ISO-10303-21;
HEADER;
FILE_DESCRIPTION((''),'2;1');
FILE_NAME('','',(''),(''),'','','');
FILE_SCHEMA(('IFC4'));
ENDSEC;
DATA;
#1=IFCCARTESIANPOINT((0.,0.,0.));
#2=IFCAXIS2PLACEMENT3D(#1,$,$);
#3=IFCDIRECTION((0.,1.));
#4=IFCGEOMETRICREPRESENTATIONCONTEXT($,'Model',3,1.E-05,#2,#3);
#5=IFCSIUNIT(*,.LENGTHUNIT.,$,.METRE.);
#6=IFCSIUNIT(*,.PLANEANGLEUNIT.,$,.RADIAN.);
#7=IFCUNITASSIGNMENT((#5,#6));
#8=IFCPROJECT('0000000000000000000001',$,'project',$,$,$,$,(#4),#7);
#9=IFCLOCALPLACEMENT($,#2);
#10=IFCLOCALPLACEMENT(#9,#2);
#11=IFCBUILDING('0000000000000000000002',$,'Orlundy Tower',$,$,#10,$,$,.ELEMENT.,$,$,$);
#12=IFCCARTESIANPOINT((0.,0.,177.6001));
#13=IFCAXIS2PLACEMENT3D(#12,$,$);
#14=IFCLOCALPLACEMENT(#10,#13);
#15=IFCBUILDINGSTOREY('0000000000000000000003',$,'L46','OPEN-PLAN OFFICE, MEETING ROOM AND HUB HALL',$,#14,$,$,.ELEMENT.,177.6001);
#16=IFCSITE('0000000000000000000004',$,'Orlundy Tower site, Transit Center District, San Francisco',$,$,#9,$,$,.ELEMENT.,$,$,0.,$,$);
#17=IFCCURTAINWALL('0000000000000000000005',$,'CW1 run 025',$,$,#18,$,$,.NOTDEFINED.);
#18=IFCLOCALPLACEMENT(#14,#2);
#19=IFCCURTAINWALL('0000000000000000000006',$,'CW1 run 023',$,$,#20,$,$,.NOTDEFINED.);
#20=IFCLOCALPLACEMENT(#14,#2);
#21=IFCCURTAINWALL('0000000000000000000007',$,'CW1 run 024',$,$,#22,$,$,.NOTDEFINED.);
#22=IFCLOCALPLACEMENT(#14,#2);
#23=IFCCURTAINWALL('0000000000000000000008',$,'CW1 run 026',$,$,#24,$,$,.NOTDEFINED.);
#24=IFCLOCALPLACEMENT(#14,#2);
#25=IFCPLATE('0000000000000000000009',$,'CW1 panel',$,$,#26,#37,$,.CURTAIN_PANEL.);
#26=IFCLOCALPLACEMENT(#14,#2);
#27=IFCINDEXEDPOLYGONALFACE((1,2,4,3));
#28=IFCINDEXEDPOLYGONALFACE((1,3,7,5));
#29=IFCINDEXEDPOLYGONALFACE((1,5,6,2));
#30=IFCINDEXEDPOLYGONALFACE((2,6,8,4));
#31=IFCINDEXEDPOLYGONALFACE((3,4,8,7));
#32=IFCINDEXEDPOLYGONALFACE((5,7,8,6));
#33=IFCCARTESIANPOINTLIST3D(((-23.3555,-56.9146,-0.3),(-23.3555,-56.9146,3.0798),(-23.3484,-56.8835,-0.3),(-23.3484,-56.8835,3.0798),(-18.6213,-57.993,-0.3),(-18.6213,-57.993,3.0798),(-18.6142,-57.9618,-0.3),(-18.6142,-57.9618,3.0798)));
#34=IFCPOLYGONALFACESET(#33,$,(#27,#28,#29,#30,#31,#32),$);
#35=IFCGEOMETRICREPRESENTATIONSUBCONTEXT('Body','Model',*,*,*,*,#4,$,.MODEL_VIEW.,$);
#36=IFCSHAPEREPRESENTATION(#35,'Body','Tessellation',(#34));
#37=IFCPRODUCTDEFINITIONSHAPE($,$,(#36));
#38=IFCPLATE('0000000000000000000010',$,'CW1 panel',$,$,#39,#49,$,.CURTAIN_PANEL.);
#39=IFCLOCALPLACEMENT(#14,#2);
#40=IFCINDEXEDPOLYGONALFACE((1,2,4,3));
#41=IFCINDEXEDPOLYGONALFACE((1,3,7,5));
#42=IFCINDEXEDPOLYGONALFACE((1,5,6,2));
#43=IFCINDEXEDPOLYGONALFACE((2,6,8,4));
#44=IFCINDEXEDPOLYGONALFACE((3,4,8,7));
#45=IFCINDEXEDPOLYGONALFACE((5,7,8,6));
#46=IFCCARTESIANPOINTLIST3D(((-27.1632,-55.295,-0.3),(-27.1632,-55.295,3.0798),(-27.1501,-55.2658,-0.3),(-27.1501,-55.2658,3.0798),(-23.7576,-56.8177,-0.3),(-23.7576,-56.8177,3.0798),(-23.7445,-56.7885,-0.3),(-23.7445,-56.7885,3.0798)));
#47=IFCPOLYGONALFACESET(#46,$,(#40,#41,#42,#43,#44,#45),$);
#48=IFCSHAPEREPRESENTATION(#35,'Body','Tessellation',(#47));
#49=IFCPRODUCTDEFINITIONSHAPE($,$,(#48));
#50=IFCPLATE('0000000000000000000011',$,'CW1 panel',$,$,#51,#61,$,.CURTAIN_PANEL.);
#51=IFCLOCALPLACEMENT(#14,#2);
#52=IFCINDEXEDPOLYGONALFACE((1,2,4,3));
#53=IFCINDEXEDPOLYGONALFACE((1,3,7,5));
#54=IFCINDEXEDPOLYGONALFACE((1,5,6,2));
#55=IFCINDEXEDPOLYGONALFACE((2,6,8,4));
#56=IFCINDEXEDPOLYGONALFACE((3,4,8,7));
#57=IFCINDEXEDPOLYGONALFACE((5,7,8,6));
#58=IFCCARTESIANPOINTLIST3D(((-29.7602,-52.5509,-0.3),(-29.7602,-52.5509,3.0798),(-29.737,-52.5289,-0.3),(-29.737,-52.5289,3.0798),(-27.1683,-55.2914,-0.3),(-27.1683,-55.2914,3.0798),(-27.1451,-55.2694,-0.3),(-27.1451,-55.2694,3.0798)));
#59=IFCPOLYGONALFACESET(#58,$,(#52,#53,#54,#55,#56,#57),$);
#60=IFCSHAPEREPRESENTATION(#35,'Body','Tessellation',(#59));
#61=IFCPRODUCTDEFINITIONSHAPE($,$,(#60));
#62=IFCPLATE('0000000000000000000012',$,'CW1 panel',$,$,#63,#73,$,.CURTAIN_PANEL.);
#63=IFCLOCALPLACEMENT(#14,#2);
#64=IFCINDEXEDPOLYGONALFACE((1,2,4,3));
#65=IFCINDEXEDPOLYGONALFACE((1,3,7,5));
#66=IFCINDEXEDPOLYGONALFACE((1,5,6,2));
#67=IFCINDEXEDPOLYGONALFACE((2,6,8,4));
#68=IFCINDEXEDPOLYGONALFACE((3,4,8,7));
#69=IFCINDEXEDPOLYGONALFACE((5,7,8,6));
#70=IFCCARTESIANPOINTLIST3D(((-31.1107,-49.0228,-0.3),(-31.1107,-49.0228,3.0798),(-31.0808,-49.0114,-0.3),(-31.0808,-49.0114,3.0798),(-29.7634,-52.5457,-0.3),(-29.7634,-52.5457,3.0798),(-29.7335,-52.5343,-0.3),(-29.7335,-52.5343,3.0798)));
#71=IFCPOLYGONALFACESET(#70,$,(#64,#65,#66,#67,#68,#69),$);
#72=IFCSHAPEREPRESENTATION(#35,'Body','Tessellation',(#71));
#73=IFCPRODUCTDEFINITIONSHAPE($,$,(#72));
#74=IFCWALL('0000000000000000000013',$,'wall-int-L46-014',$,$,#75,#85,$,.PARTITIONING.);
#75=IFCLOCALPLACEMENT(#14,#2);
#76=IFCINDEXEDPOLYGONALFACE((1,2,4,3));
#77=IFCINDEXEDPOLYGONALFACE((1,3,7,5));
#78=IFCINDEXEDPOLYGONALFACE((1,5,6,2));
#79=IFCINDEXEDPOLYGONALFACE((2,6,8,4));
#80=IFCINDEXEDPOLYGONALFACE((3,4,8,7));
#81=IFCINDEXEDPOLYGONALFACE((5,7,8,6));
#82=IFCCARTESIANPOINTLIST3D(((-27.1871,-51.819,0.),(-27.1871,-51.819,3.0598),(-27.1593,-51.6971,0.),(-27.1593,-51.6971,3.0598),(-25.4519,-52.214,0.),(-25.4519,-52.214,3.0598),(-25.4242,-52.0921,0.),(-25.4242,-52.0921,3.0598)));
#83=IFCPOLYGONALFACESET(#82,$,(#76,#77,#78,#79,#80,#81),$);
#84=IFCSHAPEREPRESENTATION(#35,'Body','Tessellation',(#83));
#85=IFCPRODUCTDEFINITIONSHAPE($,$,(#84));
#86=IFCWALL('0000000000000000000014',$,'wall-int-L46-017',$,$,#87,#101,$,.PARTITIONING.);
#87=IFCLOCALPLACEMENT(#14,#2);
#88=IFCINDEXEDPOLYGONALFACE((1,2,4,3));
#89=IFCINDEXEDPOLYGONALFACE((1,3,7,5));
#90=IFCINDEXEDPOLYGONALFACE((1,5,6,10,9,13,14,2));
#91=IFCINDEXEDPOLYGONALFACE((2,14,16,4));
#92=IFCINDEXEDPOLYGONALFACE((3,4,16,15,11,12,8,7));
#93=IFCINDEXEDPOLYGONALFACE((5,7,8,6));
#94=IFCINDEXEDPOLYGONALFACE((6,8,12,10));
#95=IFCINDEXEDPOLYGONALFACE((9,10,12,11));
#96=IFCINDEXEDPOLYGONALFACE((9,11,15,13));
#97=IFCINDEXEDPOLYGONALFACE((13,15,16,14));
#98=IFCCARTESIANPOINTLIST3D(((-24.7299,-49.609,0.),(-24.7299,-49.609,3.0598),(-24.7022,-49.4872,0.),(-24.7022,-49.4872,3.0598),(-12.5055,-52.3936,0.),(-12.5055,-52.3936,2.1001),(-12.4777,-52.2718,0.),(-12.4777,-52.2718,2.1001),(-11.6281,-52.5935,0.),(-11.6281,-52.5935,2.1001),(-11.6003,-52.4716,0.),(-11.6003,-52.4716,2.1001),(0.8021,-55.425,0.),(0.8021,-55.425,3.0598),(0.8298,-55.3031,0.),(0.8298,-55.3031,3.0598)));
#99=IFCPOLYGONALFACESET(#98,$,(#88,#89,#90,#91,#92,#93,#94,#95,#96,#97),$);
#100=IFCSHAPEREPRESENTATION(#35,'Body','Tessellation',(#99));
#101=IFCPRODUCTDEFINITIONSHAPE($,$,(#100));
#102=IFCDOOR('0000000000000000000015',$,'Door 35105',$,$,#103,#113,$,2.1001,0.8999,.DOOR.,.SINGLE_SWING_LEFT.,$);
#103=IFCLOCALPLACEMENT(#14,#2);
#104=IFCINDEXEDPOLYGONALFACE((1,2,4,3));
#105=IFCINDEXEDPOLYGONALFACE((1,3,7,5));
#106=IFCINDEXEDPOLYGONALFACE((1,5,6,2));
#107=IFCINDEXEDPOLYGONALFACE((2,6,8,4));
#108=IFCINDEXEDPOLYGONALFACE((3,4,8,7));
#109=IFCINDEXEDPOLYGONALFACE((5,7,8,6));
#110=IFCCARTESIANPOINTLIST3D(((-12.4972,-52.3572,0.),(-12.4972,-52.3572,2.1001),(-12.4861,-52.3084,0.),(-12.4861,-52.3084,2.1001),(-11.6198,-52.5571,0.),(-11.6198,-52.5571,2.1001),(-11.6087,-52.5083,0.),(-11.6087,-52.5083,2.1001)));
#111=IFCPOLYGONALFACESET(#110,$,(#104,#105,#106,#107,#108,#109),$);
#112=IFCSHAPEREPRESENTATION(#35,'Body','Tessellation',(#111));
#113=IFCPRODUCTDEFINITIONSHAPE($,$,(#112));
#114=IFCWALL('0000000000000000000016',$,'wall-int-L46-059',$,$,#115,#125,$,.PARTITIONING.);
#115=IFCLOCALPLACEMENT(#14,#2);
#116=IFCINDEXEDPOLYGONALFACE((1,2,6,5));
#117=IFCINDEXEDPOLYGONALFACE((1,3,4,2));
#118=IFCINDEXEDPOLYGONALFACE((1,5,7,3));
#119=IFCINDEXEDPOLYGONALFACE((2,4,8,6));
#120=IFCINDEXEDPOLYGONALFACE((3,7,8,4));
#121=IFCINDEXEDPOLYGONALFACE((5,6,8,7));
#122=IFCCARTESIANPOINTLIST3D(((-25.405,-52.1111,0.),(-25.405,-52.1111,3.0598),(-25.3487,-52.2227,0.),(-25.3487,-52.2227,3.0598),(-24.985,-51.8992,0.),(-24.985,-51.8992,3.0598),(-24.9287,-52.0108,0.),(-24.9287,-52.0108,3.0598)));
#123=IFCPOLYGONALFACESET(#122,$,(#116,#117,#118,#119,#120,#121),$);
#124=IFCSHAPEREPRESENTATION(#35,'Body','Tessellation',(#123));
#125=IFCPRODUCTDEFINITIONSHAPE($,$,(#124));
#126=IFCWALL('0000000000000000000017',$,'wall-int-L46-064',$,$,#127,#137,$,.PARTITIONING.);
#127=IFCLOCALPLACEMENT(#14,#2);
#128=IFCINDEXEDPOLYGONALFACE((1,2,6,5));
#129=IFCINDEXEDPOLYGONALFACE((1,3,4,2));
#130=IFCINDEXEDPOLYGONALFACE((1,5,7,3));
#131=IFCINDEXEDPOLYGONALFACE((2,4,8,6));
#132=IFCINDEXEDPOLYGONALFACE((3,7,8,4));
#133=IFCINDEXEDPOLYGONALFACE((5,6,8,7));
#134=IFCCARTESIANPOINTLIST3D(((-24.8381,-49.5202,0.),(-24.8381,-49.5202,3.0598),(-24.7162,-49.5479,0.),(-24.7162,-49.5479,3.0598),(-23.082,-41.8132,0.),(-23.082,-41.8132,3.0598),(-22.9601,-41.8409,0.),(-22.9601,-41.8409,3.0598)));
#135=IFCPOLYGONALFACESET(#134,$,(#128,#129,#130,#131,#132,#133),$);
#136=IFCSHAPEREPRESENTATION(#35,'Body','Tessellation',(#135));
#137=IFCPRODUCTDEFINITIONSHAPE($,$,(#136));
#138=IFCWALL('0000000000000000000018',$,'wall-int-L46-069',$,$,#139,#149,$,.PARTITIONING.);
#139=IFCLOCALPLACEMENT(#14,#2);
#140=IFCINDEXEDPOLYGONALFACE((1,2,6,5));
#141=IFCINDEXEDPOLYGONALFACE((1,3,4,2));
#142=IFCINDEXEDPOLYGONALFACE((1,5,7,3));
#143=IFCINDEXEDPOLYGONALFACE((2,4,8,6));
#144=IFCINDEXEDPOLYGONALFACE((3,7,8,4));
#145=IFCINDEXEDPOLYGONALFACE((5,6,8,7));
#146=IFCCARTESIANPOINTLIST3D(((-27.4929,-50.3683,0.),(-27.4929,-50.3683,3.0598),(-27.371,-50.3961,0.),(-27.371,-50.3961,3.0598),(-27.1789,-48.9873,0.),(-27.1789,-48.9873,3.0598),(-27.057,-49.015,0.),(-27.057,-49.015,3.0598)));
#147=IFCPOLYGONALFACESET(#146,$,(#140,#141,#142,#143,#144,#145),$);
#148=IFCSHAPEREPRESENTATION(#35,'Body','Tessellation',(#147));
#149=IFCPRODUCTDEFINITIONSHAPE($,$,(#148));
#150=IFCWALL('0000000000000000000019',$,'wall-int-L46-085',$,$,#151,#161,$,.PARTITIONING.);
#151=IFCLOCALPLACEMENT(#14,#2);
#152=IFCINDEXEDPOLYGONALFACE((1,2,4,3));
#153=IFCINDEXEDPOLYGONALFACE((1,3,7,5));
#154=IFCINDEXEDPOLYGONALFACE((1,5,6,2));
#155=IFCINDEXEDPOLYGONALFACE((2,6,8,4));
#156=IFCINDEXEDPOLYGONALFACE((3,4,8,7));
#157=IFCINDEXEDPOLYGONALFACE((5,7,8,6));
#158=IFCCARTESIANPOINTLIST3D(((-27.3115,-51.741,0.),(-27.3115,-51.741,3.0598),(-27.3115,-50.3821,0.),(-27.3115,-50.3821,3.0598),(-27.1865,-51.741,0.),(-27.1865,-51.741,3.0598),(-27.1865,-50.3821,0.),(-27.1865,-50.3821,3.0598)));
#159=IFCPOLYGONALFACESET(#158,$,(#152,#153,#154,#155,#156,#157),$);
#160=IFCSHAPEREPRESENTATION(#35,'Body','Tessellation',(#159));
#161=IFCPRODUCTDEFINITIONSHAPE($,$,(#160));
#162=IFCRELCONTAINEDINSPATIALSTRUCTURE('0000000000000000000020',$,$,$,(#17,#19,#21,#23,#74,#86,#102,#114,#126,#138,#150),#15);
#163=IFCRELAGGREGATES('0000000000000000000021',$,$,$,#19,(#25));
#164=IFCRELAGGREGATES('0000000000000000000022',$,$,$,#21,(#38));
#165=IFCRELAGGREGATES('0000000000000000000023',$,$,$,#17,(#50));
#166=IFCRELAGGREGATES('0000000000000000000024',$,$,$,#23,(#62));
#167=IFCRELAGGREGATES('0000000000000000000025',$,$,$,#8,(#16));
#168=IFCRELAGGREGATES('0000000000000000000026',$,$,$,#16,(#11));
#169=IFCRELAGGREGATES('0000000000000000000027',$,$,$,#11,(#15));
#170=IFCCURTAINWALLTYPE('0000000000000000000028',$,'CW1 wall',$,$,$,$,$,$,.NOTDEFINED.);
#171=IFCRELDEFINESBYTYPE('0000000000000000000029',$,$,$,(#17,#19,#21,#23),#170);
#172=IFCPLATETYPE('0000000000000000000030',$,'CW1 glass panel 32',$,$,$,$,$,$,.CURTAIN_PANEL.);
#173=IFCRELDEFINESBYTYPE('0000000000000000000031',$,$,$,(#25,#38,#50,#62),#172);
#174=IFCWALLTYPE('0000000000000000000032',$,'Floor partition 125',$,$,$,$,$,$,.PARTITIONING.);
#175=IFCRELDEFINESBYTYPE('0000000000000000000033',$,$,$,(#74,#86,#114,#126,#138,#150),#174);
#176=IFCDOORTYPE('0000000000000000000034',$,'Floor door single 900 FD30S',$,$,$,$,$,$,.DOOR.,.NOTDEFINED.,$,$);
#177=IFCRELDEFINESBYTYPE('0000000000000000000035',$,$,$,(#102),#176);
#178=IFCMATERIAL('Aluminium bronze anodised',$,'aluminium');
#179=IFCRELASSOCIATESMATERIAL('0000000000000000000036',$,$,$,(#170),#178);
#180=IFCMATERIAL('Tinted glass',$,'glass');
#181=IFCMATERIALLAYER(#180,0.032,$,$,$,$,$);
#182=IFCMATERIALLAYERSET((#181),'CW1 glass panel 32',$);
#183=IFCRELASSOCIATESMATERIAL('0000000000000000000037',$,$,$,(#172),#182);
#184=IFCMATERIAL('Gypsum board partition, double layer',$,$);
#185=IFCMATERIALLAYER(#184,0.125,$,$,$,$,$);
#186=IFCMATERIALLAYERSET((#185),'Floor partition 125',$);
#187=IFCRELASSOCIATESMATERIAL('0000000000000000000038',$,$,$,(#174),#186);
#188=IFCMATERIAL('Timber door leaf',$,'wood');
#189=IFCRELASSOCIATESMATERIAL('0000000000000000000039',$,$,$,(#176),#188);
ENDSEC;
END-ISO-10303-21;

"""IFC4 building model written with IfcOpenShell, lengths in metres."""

from ifc_helpers import new_model, si_unit, direction, frame, frame_2d, origin, origin_2d, place, context, subcontext, project, spatial, rectangle, extrude, material, layer, layer_set, type_object, element, fill, aggregate, save


model = new_model("IFC4")

# Units and contexts
model_context = context("Model", 3, precision=1e-05, world=origin(), true_north=direction((0.0, 1.0)))
body_context = subcontext(model_context, "Body", "Model", "MODEL_VIEW")
ifc_project = project(units=[si_unit("LENGTHUNIT", "METRE"), si_unit("PLANEANGLEUNIT", "RADIAN")], contexts=[model_context])

# Site, building, storey
site_placement = place(None, origin())
site = spatial("IfcSite", under=ifc_project, at=site_placement, Name="Orlundy Tower site, Transit Center District, San Francisco", CompositionType="ELEMENT", RefElevation=0.0)
building_placement = place(site_placement, origin())
building = spatial("IfcBuilding", under=site, at=building_placement, Name="Orlundy Tower", CompositionType="ELEMENT")
storey_placement = place(building_placement, frame((0.0, 0.0, 177.6001)))
storey = spatial("IfcBuildingStorey", under=building, at=storey_placement, Name="L46", Description="OPEN-PLAN OFFICE, MEETING ROOM AND HUB HALL", CompositionType="ELEMENT", Elevation=177.6001)

# Curtain wall
ifc_material_1 = material(Name="Aluminium bronze anodised", Category="aluminium")
curtain_wall_type = type_object("IfcCurtainWallType", Name="CW1 wall", PredefinedType="NOTDEFINED", material=ifc_material_1)
curtain_wall_1_placement = place(storey_placement, origin())
curtain_wall_1 = element("IfcCurtainWall", 1, at=curtain_wall_1_placement, inside=storey, type_object=curtain_wall_type, Name="CW1 run 025", PredefinedType="NOTDEFINED")

# Curtain walls
curtain_wall_2_placement = place(storey_placement, origin())
curtain_wall_2 = element("IfcCurtainWall", 2, at=curtain_wall_2_placement, inside=storey, type_object=curtain_wall_type, Name="CW1 run 023", PredefinedType="NOTDEFINED")
curtain_wall_3_placement = place(storey_placement, origin())
curtain_wall_3 = element("IfcCurtainWall", 3, at=curtain_wall_3_placement, inside=storey, type_object=curtain_wall_type, Name="CW1 run 024", PredefinedType="NOTDEFINED")

# Curtain wall
curtain_wall_4_placement = place(storey_placement, origin())
curtain_wall_4 = element("IfcCurtainWall", 4, at=curtain_wall_4_placement, inside=storey, type_object=curtain_wall_type, Name="CW1 run 026", PredefinedType="NOTDEFINED")

# Plates
ifc_material_2 = material(Name="Tinted glass", Category="glass")
ifc_layer_1 = layer(ifc_material_2, 0.032)
ifc_layer_set_1 = layer_set([ifc_layer_1], Name="CW1 glass panel 32")
plate_type = type_object("IfcPlateType", Name="CW1 glass panel 32", PredefinedType="CURTAIN_PANEL", material=ifc_layer_set_1)
plate_1_placement = place(storey_placement, frame((-20.9849, -57.4382, -0.3), z_axis=(0.0, 0.0, 1.0), x_axis=(-0.975026, 0.22209, 0.0)))
plate_1 = element("IfcPlate", 5, at=plate_1_placement, type_object=plate_type, Name="CW1 panel", PredefinedType="CURTAIN_PANEL", context=body_context, shape_type="SweptSolid", body=[
    extrude(rectangle(XDim=4.8555, YDim=0.032, at=origin_2d()), origin(), (0.0, 0.0, 1.0), 3.3799),
])
aggregate(curtain_wall_2, [plate_1])
plate_2_placement = place(storey_placement, frame((-25.4539, -56.0417, -0.3), z_axis=(0.0, 0.0, 1.0), x_axis=(-0.912908, 0.408165, 0.0)))
plate_2 = element("IfcPlate", 6, at=plate_2_placement, type_object=plate_type, Name="CW1 panel", PredefinedType="CURTAIN_PANEL", context=body_context, shape_type="SweptSolid", body=[
    extrude(rectangle(XDim=3.7305, YDim=0.032, at=origin_2d()), origin(), (0.0, 0.0, 1.0), 3.3799),
])
aggregate(curtain_wall_3, [plate_2])
plate_3_placement = place(storey_placement, frame((-28.4526, -53.9102, -0.3), z_axis=(0.0, 0.0, 1.0), x_axis=(-0.687138, 0.726527, 0.0)))
plate_3 = element("IfcPlate", 7, at=plate_3_placement, type_object=plate_type, Name="CW1 panel", PredefinedType="CURTAIN_PANEL", context=body_context, shape_type="SweptSolid", body=[
    extrude(rectangle(XDim=3.772, YDim=0.032, at=origin_2d()), origin(), (0.0, 0.0, 1.0), 3.3799),
])
aggregate(curtain_wall_1, [plate_3])
plate_4_placement = place(storey_placement, frame((-30.4221, -50.7786, -0.3), z_axis=(0.0, 0.0, 1.0), x_axis=(-0.357207, 0.934025, 0.0)))
plate_4 = element("IfcPlate", 8, at=plate_4_placement, type_object=plate_type, Name="CW1 panel", PredefinedType="CURTAIN_PANEL", context=body_context, shape_type="SweptSolid", body=[
    extrude(rectangle(XDim=3.7717, YDim=0.032, at=origin_2d()), origin(), (0.0, 0.0, 1.0), 3.3799),
])
aggregate(curtain_wall_4, [plate_4])

# Wall
ifc_material_3 = material(Name="Gypsum board partition, double layer")
ifc_layer_2 = layer(ifc_material_3, 0.125)
ifc_layer_set_2 = layer_set([ifc_layer_2], Name="Floor partition 125")
wall_type = type_object("IfcWallType", Name="Floor partition 125", PredefinedType="PARTITIONING", material=ifc_layer_set_2)
wall_1_placement = place(storey_placement, frame((-27.1731, -51.7581, 0.0), z_axis=(0.0, 0.0, 1.0), x_axis=(0.975051, -0.221983, 0.0)))
element("IfcWall", 9, at=wall_1_placement, inside=storey, type_object=wall_type, Name="wall-int-L46-014", PredefinedType="PARTITIONING", context=body_context, shape_type="SweptSolid", body=[
    extrude(rectangle(XDim=1.7795, YDim=0.125, at=frame_2d((0.8896, 0.0))), origin(), (0.0, 0.0, 1.0), 3.0598),
])

# Wall, opening, door
wall_2_placement = place(storey_placement, frame((-24.7161, -49.5481, 0.0), z_axis=(0.0, 0.0, 1.0), x_axis=(0.975024, -0.2221, 0.0)))
wall_2 = element("IfcWall", 10, at=wall_2_placement, inside=storey, type_object=wall_type, Name="wall-int-L46-017", PredefinedType="PARTITIONING", context=body_context, shape_type="SweptSolid", body=[
    extrude(rectangle(XDim=26.186, YDim=0.125, at=frame_2d((13.093, 0.0))), origin(), (0.0, 0.0, 1.0), 3.0598),
])
opening_placement = place(wall_2_placement, frame((12.5376, 0.0, 0.0)))
opening = element("IfcOpeningElement", 11, at=opening_placement, cuts=wall_2, PredefinedType="OPENING", context=body_context, shape_type="SweptSolid", body=[
    extrude(rectangle(XDim=0.8999, YDim=2.1001, at=frame_2d((0.45, 1.05))), frame((0.0, 0.0725, 0.0), z_axis=(0.0, -1.0, 0.0), x_axis=(1.0, 0.0, 0.0)), (0.0, 0.0, 1.0), 0.145),
])
ifc_material_4 = material(Name="Timber door leaf", Category="wood")
door_type = type_object("IfcDoorType", Name="Floor door single 900 FD30S", OperationType="NOTDEFINED", PredefinedType="DOOR", material=ifc_material_4)
door_placement = place(opening_placement, origin())
door = element("IfcDoor", 12, at=door_placement, inside=storey, type_object=door_type, Name="Door 35105", OperationType="SINGLE_SWING_LEFT", OverallHeight=2.1001, OverallWidth=0.8999, PredefinedType="DOOR", context=body_context, shape_type="SweptSolid", body=[
    extrude(rectangle(XDim=0.8999, YDim=2.1001, at=frame_2d((0.45, 1.05))), frame((0.0, 0.0249, 0.0), z_axis=(0.0, -1.0, 0.0), x_axis=(1.0, 0.0, 0.0)), (0.0, 0.0, 1.0), 0.05),
])
fill(opening, door)

# Walls
wall_3_placement = place(storey_placement, frame((-25.377, -52.167, 0.0), z_axis=(0.0, 0.0, 1.0), x_axis=(0.89276, 0.450532, 0.0)))
element("IfcWall", 13, at=wall_3_placement, inside=storey, type_object=wall_type, Name="wall-int-L46-059", PredefinedType="PARTITIONING", context=body_context, shape_type="SweptSolid", body=[
    extrude(rectangle(XDim=0.4705, YDim=0.125, at=frame_2d((0.2354, 0.0))), origin(), (0.0, 0.0, 1.0), 3.0598),
])
wall_4_placement = place(storey_placement, frame((-24.7771, -49.5339, 0.0), z_axis=(0.0, 0.0, 1.0), x_axis=(0.222163, 0.97501, 0.0)))
element("IfcWall", 14, at=wall_4_placement, inside=storey, type_object=wall_type, Name="wall-int-L46-064", PredefinedType="PARTITIONING", context=body_context, shape_type="SweptSolid", body=[
    extrude(rectangle(XDim=7.9045, YDim=0.125, at=frame_2d((3.9521, 0.0))), origin(), (0.0, 0.0, 1.0), 3.0598),
])
wall_5_placement = place(storey_placement, frame((-27.4319, -50.3821, 0.0), z_axis=(0.0, 0.0, 1.0), x_axis=(0.221673, 0.975121, 0.0)))
element("IfcWall", 15, at=wall_5_placement, inside=storey, type_object=wall_type, Name="wall-int-L46-069", PredefinedType="PARTITIONING", context=body_context, shape_type="SweptSolid", body=[
    extrude(rectangle(XDim=1.4163, YDim=0.125, at=frame_2d((0.708, 0.0))), origin(), (0.0, 0.0, 1.0), 3.0598),
])
wall_6_placement = place(storey_placement, frame((-27.249, -51.741, 0.0), z_axis=(0.0, 0.0, 1.0), x_axis=(0.0, 1.0, 0.0)))
element("IfcWall", 16, at=wall_6_placement, inside=storey, type_object=wall_type, Name="wall-int-L46-085", PredefinedType="PARTITIONING", context=body_context, shape_type="SweptSolid", body=[
    extrude(rectangle(XDim=1.3589, YDim=0.125, at=frame_2d((0.6794, 0.0))), origin(), (0.0, 0.0, 1.0), 3.0598),
])

save(model, "model.ifc")
